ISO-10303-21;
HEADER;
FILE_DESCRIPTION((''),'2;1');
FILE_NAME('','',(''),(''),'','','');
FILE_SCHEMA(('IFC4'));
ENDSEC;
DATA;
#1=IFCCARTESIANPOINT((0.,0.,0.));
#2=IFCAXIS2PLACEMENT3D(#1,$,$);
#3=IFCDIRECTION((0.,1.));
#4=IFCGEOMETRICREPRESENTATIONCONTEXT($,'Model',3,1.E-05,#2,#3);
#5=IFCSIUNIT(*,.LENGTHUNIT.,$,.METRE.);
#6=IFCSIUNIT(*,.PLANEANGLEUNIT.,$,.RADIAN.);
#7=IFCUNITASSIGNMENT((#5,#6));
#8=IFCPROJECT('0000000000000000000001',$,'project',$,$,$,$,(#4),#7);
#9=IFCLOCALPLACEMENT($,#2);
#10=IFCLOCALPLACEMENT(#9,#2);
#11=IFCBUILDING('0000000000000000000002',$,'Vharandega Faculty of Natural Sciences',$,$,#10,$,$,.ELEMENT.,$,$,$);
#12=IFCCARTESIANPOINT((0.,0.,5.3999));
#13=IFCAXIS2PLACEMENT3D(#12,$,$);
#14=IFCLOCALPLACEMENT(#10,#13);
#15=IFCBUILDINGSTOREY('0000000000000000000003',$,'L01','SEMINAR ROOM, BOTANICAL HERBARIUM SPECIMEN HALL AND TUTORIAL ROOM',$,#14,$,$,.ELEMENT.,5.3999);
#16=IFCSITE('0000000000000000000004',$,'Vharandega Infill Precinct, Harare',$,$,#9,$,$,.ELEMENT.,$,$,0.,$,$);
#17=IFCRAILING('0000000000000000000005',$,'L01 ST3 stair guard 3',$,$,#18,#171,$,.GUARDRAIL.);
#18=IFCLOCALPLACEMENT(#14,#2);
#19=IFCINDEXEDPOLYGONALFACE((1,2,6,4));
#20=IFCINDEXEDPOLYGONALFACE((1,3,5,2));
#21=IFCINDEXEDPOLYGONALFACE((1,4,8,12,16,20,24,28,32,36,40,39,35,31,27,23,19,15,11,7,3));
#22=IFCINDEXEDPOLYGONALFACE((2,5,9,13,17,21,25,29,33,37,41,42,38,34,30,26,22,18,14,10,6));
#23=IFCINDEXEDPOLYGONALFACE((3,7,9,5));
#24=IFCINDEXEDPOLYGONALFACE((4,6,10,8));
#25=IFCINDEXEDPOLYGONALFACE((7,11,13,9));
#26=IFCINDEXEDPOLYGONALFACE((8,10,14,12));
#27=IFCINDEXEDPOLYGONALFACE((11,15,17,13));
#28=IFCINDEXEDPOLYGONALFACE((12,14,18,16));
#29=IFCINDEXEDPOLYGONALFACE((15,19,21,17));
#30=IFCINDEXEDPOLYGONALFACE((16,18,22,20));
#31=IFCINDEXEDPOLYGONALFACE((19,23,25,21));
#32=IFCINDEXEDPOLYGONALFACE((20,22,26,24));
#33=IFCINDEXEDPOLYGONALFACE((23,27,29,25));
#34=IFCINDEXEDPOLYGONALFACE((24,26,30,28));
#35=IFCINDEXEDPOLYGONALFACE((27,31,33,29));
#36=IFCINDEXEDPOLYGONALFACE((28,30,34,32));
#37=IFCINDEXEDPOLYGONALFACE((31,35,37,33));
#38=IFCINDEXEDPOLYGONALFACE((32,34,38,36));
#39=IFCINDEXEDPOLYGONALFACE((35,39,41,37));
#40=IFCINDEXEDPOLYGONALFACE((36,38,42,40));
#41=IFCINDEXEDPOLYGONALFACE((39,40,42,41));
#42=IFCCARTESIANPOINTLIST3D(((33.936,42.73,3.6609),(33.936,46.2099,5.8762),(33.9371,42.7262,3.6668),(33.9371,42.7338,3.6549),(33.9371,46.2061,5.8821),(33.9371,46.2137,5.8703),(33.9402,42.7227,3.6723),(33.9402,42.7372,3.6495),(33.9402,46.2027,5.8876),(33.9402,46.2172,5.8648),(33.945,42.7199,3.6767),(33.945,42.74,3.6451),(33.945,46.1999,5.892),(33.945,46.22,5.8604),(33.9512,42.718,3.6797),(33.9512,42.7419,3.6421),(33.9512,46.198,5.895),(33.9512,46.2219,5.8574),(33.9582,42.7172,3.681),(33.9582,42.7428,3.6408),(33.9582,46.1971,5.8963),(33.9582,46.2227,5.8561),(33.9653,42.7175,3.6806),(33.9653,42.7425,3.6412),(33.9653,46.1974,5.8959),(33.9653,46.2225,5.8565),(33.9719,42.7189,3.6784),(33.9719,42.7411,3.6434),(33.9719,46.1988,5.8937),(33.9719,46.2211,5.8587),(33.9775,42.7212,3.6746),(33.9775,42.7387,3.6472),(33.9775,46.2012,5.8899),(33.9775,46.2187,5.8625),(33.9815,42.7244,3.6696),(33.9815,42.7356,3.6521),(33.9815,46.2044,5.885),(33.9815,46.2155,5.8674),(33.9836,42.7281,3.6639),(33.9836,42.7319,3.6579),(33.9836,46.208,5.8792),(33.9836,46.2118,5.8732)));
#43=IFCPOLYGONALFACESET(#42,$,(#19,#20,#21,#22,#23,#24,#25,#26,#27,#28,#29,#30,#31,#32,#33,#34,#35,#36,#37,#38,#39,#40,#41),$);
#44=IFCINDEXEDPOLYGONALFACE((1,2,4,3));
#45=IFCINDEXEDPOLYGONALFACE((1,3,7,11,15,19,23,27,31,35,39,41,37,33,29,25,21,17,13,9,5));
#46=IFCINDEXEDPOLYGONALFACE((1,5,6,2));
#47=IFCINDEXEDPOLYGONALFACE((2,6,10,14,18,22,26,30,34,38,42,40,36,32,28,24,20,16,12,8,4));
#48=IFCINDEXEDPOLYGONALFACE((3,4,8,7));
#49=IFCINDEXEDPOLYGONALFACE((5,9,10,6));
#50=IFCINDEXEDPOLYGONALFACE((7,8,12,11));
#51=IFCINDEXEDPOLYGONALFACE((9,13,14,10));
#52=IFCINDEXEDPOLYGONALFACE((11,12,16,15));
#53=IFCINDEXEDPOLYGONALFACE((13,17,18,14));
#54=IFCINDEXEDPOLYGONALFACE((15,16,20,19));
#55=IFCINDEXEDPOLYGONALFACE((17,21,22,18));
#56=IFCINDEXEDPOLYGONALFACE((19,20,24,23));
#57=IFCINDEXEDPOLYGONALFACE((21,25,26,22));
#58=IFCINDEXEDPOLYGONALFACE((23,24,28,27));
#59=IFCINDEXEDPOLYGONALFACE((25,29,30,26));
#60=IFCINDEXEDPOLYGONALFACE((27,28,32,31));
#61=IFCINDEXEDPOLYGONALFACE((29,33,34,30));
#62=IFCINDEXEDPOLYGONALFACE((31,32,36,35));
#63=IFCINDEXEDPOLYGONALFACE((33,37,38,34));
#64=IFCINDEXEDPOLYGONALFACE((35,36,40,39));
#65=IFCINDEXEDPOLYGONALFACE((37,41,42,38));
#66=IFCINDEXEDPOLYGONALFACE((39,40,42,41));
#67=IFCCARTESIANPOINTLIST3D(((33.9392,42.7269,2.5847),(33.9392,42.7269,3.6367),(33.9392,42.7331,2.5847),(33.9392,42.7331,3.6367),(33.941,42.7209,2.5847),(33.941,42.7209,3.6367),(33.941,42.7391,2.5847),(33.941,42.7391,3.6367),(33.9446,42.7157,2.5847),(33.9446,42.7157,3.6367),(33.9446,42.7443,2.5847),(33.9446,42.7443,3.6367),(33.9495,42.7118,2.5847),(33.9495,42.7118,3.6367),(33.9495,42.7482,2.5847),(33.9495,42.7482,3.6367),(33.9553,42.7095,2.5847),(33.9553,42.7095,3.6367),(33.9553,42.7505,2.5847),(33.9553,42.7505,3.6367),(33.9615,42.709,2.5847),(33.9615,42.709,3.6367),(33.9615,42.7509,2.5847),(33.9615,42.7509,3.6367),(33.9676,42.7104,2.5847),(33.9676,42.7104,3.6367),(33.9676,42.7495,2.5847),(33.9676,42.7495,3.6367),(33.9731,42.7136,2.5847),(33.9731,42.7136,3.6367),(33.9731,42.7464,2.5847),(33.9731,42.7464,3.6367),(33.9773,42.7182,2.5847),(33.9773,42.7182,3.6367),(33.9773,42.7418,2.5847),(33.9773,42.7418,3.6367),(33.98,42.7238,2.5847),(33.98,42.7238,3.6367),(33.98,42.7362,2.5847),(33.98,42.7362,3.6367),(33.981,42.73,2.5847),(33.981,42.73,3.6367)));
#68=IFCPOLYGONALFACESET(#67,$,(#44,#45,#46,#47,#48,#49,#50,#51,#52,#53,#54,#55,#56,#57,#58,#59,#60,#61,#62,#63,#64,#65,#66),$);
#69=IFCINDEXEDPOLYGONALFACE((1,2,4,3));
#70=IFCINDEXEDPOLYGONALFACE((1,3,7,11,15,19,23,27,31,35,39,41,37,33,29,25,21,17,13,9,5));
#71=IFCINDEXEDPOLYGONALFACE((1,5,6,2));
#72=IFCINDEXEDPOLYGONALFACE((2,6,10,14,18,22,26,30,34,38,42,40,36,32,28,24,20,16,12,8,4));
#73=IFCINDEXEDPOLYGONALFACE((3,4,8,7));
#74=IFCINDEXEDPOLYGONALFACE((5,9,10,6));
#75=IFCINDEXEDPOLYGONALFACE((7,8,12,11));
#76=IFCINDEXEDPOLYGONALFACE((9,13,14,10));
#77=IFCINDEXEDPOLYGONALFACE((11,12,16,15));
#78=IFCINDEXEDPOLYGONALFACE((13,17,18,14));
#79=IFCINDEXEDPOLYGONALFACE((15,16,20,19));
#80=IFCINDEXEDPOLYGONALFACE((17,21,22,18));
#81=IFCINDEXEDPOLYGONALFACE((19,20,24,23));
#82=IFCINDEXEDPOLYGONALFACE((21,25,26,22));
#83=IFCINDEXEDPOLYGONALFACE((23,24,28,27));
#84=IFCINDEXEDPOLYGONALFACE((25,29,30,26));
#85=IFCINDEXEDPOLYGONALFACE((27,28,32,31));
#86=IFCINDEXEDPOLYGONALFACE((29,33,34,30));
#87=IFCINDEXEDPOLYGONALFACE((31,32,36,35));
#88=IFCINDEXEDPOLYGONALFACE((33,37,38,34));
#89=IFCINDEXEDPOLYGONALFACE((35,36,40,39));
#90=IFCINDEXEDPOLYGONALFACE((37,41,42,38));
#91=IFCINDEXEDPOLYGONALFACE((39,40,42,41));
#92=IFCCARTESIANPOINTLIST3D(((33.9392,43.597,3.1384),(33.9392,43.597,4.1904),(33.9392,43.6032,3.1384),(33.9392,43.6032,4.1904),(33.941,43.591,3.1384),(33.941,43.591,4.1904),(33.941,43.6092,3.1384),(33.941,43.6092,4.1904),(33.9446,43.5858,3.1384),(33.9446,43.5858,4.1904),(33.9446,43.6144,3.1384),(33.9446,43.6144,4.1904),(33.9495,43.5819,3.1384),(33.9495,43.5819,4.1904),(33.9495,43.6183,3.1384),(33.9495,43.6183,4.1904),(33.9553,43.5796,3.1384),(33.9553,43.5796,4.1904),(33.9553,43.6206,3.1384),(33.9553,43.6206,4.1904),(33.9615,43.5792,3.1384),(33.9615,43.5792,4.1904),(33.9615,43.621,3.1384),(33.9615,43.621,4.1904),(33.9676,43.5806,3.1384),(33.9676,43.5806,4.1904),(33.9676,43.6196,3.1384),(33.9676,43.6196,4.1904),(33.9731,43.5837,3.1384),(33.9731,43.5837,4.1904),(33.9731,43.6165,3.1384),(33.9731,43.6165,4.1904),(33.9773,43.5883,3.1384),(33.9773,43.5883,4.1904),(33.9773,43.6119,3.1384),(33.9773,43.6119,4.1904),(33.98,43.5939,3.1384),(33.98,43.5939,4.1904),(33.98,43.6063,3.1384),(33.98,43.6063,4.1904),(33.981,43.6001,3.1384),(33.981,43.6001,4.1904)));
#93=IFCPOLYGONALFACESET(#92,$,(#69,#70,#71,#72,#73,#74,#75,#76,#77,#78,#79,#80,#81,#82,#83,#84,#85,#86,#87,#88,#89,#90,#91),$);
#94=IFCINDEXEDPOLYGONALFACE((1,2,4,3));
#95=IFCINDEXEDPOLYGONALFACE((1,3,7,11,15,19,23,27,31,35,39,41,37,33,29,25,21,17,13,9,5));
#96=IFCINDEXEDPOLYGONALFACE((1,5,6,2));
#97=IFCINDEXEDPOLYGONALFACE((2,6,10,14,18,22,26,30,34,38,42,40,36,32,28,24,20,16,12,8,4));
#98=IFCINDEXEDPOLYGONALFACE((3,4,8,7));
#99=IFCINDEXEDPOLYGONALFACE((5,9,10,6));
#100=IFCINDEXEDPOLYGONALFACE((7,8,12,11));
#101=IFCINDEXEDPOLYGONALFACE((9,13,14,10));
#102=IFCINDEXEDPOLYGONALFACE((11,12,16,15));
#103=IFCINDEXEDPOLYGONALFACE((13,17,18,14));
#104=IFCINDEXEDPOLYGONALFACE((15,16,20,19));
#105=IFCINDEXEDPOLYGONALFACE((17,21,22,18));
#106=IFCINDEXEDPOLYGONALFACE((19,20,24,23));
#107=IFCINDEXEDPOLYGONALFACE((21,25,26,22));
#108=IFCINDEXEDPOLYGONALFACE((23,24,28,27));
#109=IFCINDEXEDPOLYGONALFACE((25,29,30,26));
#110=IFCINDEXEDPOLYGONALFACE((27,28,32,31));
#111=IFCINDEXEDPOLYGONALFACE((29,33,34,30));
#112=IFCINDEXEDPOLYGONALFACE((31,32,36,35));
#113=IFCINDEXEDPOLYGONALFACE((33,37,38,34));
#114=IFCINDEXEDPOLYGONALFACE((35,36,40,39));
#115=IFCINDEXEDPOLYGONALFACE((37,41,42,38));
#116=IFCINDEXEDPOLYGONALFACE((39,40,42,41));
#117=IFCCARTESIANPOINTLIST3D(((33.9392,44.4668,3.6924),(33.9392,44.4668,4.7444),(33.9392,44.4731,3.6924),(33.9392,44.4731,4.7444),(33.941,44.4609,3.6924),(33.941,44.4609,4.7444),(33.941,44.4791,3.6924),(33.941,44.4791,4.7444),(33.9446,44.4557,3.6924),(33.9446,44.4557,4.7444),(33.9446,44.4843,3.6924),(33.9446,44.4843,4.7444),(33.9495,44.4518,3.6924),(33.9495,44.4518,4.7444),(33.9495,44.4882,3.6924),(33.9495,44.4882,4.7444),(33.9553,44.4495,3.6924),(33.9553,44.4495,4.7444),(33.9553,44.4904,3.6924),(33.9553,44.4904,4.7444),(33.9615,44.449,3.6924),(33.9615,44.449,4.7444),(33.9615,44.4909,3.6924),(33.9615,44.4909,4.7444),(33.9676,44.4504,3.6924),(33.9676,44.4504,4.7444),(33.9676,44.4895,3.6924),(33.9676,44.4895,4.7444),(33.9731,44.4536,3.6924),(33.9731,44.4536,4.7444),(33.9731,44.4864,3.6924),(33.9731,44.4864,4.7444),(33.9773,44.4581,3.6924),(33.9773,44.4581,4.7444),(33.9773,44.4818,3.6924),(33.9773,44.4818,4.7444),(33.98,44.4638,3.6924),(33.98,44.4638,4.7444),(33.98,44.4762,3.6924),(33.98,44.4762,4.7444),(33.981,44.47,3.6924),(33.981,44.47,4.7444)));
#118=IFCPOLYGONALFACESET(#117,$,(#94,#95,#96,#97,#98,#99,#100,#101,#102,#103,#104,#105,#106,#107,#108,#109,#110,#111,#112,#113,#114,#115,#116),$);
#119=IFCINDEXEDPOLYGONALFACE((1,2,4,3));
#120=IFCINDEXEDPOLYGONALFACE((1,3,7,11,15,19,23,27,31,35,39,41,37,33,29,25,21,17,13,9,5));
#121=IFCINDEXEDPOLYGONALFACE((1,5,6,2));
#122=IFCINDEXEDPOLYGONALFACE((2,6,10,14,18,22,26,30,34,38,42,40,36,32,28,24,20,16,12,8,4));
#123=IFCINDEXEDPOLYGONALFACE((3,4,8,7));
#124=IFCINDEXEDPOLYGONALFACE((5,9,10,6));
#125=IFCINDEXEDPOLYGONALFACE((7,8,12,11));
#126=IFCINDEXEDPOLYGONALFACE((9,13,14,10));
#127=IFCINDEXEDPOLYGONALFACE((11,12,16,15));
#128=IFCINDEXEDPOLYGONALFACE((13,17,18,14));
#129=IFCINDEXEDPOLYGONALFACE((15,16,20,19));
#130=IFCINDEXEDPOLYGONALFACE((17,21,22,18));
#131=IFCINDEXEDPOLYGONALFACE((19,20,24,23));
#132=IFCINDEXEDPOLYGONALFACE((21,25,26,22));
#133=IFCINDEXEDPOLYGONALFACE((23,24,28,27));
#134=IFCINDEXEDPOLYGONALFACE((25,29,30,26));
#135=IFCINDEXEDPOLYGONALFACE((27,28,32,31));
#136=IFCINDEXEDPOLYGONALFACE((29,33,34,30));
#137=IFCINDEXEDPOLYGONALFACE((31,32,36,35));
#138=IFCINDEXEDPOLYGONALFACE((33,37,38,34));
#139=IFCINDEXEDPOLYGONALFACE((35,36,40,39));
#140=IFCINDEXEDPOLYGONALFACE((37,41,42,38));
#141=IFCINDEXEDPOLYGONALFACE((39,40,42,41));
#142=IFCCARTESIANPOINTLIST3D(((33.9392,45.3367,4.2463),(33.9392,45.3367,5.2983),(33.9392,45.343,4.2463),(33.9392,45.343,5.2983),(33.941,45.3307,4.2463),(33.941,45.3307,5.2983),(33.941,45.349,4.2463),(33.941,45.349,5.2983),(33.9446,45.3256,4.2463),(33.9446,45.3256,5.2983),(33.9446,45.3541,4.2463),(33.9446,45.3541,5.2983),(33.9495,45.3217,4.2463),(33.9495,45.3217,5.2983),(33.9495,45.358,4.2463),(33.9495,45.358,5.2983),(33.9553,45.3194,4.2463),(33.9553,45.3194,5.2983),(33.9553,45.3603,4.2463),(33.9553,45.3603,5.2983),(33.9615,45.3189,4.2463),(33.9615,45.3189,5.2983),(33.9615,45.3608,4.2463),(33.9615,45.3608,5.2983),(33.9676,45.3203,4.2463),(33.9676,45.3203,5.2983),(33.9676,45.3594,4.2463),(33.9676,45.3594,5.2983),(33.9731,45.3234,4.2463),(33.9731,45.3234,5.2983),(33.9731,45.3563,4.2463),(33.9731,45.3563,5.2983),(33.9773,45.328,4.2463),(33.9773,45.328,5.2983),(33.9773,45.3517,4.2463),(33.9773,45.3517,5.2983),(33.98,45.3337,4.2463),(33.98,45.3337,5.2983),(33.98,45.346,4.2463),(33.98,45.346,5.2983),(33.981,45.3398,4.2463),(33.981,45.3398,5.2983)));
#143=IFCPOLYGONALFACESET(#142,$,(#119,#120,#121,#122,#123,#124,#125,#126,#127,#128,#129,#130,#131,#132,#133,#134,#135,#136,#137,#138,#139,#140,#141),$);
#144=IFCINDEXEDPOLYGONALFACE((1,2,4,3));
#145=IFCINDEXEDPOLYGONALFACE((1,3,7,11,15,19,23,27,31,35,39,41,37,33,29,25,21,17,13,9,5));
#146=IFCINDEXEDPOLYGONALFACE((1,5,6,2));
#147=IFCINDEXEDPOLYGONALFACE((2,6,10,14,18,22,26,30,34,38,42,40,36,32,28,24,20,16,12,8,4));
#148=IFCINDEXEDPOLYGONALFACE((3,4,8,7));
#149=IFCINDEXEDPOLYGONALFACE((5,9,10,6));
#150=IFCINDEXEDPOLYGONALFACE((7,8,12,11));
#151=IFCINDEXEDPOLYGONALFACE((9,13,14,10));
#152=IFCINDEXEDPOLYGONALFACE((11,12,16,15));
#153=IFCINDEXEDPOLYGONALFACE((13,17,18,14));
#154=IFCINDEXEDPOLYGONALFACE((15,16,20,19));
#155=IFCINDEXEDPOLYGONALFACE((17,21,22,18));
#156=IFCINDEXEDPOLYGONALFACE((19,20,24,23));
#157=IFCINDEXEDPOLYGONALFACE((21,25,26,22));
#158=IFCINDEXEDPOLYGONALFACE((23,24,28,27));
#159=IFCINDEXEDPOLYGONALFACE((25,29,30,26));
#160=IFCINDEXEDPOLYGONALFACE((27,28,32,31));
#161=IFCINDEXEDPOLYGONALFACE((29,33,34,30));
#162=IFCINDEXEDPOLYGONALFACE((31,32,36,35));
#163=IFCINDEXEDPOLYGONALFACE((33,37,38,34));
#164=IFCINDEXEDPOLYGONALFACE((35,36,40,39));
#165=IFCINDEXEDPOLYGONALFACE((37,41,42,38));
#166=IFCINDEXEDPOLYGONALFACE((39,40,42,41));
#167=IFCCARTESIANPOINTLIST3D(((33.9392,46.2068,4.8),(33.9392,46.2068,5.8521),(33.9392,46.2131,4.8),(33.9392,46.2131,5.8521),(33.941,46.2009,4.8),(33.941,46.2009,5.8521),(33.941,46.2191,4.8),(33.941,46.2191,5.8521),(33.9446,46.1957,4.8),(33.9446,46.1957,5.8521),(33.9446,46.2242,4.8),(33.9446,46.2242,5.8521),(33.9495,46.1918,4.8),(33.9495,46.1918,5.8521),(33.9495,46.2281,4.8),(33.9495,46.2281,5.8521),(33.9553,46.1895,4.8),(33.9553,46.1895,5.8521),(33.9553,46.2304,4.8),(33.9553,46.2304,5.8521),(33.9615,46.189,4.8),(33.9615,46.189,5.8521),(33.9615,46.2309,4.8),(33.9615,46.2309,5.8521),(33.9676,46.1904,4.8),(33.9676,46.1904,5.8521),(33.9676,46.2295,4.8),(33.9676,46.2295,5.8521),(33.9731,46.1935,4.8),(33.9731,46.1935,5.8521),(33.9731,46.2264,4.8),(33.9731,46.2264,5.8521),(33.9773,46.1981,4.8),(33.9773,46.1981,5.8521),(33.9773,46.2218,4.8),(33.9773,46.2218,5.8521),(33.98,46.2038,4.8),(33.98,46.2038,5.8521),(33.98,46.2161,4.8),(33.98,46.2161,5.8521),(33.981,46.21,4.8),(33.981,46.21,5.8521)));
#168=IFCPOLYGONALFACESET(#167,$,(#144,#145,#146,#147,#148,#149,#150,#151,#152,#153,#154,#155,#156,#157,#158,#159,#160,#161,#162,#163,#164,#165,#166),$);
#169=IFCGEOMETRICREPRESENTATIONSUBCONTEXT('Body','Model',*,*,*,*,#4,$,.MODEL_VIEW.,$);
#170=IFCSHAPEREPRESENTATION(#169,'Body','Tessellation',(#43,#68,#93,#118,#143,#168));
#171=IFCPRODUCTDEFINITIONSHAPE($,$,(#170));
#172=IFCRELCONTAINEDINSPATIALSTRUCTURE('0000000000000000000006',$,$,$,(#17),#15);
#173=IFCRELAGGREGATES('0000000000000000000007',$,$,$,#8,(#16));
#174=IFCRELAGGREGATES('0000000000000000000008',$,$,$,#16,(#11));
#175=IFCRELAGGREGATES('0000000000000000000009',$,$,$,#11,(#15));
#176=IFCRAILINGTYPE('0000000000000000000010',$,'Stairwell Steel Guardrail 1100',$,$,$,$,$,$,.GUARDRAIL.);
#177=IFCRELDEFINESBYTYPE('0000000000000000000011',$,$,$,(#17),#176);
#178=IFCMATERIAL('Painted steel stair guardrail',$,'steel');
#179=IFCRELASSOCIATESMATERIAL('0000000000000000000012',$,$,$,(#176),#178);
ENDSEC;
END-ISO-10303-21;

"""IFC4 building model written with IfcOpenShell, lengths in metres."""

from ifc_helpers import new_model, si_unit, direction, frame, origin, origin_2d, place, context, subcontext, project, spatial, circle, extrude, material, type_object, element, save


model = new_model("IFC4")

# Units and contexts
model_context = context("Model", 3, precision=1e-05, world=origin(), true_north=direction((0.0, 1.0)))
body_context = subcontext(model_context, "Body", "Model", "MODEL_VIEW")
ifc_project = project(units=[si_unit("LENGTHUNIT", "METRE"), si_unit("PLANEANGLEUNIT", "RADIAN")], contexts=[model_context])

# Site, building, storey
site_placement = place(None, origin())
site = spatial("IfcSite", under=ifc_project, at=site_placement, Name="Vharandega Infill Precinct, Harare", CompositionType="ELEMENT", RefElevation=0.0)
building_placement = place(site_placement, origin())
building = spatial("IfcBuilding", under=site, at=building_placement, Name="Vharandega Faculty of Natural Sciences", CompositionType="ELEMENT")
storey_placement = place(building_placement, frame((0.0, 0.0, 5.3999)))
storey = spatial("IfcBuildingStorey", under=building, at=storey_placement, Name="L01", Description="SEMINAR ROOM, BOTANICAL HERBARIUM SPECIMEN HALL AND TUTORIAL ROOM", CompositionType="ELEMENT", Elevation=5.3999)

# Railing
ifc_material_1 = material(Name="Painted steel stair guardrail", Category="steel")
railing_type_1 = type_object("IfcRailingType", Name="Stairwell Steel Guardrail 1100", PredefinedType="GUARDRAIL", material=ifc_material_1)
railing_1_placement = place(storey_placement, frame((33.96, 42.73, 2.5847)))
element("IfcRailing", 1, at=railing_1_placement, inside=storey, type_object=railing_type_1, Name="L01 ST3 stair guard 3", PredefinedType="GUARDRAIL", context=body_context, shape_type="SweptSolid", body=[
    extrude(circle(Radius=0.0239, at=origin_2d()), frame((0.0, 0.0, 1.0762), z_axis=(0.0, 0.843574, 0.537013), x_axis=(-1.0, 0.0, 0.0)), (0.0, 0.0, 1.0), 4.1252),
    extrude(circle(Radius=0.021, at=origin_2d()), origin(), (0.0, 0.0, 1.0), 1.052),
    extrude(circle(Radius=0.021, at=origin_2d()), frame((0.0, 0.8701, 0.5537)), (0.0, 0.0, 1.0), 1.052),
    extrude(circle(Radius=0.021, at=origin_2d()), frame((0.0, 1.74, 1.1077)), (0.0, 0.0, 1.0), 1.052),
    extrude(circle(Radius=0.021, at=origin_2d()), frame((0.0, 2.6099, 1.6616)), (0.0, 0.0, 1.0), 1.052),
    extrude(circle(Radius=0.021, at=origin_2d()), frame((0.0, 3.48, 2.2153)), (0.0, 0.0, 1.0), 1.052),
])

save(model, "model.ifc")
